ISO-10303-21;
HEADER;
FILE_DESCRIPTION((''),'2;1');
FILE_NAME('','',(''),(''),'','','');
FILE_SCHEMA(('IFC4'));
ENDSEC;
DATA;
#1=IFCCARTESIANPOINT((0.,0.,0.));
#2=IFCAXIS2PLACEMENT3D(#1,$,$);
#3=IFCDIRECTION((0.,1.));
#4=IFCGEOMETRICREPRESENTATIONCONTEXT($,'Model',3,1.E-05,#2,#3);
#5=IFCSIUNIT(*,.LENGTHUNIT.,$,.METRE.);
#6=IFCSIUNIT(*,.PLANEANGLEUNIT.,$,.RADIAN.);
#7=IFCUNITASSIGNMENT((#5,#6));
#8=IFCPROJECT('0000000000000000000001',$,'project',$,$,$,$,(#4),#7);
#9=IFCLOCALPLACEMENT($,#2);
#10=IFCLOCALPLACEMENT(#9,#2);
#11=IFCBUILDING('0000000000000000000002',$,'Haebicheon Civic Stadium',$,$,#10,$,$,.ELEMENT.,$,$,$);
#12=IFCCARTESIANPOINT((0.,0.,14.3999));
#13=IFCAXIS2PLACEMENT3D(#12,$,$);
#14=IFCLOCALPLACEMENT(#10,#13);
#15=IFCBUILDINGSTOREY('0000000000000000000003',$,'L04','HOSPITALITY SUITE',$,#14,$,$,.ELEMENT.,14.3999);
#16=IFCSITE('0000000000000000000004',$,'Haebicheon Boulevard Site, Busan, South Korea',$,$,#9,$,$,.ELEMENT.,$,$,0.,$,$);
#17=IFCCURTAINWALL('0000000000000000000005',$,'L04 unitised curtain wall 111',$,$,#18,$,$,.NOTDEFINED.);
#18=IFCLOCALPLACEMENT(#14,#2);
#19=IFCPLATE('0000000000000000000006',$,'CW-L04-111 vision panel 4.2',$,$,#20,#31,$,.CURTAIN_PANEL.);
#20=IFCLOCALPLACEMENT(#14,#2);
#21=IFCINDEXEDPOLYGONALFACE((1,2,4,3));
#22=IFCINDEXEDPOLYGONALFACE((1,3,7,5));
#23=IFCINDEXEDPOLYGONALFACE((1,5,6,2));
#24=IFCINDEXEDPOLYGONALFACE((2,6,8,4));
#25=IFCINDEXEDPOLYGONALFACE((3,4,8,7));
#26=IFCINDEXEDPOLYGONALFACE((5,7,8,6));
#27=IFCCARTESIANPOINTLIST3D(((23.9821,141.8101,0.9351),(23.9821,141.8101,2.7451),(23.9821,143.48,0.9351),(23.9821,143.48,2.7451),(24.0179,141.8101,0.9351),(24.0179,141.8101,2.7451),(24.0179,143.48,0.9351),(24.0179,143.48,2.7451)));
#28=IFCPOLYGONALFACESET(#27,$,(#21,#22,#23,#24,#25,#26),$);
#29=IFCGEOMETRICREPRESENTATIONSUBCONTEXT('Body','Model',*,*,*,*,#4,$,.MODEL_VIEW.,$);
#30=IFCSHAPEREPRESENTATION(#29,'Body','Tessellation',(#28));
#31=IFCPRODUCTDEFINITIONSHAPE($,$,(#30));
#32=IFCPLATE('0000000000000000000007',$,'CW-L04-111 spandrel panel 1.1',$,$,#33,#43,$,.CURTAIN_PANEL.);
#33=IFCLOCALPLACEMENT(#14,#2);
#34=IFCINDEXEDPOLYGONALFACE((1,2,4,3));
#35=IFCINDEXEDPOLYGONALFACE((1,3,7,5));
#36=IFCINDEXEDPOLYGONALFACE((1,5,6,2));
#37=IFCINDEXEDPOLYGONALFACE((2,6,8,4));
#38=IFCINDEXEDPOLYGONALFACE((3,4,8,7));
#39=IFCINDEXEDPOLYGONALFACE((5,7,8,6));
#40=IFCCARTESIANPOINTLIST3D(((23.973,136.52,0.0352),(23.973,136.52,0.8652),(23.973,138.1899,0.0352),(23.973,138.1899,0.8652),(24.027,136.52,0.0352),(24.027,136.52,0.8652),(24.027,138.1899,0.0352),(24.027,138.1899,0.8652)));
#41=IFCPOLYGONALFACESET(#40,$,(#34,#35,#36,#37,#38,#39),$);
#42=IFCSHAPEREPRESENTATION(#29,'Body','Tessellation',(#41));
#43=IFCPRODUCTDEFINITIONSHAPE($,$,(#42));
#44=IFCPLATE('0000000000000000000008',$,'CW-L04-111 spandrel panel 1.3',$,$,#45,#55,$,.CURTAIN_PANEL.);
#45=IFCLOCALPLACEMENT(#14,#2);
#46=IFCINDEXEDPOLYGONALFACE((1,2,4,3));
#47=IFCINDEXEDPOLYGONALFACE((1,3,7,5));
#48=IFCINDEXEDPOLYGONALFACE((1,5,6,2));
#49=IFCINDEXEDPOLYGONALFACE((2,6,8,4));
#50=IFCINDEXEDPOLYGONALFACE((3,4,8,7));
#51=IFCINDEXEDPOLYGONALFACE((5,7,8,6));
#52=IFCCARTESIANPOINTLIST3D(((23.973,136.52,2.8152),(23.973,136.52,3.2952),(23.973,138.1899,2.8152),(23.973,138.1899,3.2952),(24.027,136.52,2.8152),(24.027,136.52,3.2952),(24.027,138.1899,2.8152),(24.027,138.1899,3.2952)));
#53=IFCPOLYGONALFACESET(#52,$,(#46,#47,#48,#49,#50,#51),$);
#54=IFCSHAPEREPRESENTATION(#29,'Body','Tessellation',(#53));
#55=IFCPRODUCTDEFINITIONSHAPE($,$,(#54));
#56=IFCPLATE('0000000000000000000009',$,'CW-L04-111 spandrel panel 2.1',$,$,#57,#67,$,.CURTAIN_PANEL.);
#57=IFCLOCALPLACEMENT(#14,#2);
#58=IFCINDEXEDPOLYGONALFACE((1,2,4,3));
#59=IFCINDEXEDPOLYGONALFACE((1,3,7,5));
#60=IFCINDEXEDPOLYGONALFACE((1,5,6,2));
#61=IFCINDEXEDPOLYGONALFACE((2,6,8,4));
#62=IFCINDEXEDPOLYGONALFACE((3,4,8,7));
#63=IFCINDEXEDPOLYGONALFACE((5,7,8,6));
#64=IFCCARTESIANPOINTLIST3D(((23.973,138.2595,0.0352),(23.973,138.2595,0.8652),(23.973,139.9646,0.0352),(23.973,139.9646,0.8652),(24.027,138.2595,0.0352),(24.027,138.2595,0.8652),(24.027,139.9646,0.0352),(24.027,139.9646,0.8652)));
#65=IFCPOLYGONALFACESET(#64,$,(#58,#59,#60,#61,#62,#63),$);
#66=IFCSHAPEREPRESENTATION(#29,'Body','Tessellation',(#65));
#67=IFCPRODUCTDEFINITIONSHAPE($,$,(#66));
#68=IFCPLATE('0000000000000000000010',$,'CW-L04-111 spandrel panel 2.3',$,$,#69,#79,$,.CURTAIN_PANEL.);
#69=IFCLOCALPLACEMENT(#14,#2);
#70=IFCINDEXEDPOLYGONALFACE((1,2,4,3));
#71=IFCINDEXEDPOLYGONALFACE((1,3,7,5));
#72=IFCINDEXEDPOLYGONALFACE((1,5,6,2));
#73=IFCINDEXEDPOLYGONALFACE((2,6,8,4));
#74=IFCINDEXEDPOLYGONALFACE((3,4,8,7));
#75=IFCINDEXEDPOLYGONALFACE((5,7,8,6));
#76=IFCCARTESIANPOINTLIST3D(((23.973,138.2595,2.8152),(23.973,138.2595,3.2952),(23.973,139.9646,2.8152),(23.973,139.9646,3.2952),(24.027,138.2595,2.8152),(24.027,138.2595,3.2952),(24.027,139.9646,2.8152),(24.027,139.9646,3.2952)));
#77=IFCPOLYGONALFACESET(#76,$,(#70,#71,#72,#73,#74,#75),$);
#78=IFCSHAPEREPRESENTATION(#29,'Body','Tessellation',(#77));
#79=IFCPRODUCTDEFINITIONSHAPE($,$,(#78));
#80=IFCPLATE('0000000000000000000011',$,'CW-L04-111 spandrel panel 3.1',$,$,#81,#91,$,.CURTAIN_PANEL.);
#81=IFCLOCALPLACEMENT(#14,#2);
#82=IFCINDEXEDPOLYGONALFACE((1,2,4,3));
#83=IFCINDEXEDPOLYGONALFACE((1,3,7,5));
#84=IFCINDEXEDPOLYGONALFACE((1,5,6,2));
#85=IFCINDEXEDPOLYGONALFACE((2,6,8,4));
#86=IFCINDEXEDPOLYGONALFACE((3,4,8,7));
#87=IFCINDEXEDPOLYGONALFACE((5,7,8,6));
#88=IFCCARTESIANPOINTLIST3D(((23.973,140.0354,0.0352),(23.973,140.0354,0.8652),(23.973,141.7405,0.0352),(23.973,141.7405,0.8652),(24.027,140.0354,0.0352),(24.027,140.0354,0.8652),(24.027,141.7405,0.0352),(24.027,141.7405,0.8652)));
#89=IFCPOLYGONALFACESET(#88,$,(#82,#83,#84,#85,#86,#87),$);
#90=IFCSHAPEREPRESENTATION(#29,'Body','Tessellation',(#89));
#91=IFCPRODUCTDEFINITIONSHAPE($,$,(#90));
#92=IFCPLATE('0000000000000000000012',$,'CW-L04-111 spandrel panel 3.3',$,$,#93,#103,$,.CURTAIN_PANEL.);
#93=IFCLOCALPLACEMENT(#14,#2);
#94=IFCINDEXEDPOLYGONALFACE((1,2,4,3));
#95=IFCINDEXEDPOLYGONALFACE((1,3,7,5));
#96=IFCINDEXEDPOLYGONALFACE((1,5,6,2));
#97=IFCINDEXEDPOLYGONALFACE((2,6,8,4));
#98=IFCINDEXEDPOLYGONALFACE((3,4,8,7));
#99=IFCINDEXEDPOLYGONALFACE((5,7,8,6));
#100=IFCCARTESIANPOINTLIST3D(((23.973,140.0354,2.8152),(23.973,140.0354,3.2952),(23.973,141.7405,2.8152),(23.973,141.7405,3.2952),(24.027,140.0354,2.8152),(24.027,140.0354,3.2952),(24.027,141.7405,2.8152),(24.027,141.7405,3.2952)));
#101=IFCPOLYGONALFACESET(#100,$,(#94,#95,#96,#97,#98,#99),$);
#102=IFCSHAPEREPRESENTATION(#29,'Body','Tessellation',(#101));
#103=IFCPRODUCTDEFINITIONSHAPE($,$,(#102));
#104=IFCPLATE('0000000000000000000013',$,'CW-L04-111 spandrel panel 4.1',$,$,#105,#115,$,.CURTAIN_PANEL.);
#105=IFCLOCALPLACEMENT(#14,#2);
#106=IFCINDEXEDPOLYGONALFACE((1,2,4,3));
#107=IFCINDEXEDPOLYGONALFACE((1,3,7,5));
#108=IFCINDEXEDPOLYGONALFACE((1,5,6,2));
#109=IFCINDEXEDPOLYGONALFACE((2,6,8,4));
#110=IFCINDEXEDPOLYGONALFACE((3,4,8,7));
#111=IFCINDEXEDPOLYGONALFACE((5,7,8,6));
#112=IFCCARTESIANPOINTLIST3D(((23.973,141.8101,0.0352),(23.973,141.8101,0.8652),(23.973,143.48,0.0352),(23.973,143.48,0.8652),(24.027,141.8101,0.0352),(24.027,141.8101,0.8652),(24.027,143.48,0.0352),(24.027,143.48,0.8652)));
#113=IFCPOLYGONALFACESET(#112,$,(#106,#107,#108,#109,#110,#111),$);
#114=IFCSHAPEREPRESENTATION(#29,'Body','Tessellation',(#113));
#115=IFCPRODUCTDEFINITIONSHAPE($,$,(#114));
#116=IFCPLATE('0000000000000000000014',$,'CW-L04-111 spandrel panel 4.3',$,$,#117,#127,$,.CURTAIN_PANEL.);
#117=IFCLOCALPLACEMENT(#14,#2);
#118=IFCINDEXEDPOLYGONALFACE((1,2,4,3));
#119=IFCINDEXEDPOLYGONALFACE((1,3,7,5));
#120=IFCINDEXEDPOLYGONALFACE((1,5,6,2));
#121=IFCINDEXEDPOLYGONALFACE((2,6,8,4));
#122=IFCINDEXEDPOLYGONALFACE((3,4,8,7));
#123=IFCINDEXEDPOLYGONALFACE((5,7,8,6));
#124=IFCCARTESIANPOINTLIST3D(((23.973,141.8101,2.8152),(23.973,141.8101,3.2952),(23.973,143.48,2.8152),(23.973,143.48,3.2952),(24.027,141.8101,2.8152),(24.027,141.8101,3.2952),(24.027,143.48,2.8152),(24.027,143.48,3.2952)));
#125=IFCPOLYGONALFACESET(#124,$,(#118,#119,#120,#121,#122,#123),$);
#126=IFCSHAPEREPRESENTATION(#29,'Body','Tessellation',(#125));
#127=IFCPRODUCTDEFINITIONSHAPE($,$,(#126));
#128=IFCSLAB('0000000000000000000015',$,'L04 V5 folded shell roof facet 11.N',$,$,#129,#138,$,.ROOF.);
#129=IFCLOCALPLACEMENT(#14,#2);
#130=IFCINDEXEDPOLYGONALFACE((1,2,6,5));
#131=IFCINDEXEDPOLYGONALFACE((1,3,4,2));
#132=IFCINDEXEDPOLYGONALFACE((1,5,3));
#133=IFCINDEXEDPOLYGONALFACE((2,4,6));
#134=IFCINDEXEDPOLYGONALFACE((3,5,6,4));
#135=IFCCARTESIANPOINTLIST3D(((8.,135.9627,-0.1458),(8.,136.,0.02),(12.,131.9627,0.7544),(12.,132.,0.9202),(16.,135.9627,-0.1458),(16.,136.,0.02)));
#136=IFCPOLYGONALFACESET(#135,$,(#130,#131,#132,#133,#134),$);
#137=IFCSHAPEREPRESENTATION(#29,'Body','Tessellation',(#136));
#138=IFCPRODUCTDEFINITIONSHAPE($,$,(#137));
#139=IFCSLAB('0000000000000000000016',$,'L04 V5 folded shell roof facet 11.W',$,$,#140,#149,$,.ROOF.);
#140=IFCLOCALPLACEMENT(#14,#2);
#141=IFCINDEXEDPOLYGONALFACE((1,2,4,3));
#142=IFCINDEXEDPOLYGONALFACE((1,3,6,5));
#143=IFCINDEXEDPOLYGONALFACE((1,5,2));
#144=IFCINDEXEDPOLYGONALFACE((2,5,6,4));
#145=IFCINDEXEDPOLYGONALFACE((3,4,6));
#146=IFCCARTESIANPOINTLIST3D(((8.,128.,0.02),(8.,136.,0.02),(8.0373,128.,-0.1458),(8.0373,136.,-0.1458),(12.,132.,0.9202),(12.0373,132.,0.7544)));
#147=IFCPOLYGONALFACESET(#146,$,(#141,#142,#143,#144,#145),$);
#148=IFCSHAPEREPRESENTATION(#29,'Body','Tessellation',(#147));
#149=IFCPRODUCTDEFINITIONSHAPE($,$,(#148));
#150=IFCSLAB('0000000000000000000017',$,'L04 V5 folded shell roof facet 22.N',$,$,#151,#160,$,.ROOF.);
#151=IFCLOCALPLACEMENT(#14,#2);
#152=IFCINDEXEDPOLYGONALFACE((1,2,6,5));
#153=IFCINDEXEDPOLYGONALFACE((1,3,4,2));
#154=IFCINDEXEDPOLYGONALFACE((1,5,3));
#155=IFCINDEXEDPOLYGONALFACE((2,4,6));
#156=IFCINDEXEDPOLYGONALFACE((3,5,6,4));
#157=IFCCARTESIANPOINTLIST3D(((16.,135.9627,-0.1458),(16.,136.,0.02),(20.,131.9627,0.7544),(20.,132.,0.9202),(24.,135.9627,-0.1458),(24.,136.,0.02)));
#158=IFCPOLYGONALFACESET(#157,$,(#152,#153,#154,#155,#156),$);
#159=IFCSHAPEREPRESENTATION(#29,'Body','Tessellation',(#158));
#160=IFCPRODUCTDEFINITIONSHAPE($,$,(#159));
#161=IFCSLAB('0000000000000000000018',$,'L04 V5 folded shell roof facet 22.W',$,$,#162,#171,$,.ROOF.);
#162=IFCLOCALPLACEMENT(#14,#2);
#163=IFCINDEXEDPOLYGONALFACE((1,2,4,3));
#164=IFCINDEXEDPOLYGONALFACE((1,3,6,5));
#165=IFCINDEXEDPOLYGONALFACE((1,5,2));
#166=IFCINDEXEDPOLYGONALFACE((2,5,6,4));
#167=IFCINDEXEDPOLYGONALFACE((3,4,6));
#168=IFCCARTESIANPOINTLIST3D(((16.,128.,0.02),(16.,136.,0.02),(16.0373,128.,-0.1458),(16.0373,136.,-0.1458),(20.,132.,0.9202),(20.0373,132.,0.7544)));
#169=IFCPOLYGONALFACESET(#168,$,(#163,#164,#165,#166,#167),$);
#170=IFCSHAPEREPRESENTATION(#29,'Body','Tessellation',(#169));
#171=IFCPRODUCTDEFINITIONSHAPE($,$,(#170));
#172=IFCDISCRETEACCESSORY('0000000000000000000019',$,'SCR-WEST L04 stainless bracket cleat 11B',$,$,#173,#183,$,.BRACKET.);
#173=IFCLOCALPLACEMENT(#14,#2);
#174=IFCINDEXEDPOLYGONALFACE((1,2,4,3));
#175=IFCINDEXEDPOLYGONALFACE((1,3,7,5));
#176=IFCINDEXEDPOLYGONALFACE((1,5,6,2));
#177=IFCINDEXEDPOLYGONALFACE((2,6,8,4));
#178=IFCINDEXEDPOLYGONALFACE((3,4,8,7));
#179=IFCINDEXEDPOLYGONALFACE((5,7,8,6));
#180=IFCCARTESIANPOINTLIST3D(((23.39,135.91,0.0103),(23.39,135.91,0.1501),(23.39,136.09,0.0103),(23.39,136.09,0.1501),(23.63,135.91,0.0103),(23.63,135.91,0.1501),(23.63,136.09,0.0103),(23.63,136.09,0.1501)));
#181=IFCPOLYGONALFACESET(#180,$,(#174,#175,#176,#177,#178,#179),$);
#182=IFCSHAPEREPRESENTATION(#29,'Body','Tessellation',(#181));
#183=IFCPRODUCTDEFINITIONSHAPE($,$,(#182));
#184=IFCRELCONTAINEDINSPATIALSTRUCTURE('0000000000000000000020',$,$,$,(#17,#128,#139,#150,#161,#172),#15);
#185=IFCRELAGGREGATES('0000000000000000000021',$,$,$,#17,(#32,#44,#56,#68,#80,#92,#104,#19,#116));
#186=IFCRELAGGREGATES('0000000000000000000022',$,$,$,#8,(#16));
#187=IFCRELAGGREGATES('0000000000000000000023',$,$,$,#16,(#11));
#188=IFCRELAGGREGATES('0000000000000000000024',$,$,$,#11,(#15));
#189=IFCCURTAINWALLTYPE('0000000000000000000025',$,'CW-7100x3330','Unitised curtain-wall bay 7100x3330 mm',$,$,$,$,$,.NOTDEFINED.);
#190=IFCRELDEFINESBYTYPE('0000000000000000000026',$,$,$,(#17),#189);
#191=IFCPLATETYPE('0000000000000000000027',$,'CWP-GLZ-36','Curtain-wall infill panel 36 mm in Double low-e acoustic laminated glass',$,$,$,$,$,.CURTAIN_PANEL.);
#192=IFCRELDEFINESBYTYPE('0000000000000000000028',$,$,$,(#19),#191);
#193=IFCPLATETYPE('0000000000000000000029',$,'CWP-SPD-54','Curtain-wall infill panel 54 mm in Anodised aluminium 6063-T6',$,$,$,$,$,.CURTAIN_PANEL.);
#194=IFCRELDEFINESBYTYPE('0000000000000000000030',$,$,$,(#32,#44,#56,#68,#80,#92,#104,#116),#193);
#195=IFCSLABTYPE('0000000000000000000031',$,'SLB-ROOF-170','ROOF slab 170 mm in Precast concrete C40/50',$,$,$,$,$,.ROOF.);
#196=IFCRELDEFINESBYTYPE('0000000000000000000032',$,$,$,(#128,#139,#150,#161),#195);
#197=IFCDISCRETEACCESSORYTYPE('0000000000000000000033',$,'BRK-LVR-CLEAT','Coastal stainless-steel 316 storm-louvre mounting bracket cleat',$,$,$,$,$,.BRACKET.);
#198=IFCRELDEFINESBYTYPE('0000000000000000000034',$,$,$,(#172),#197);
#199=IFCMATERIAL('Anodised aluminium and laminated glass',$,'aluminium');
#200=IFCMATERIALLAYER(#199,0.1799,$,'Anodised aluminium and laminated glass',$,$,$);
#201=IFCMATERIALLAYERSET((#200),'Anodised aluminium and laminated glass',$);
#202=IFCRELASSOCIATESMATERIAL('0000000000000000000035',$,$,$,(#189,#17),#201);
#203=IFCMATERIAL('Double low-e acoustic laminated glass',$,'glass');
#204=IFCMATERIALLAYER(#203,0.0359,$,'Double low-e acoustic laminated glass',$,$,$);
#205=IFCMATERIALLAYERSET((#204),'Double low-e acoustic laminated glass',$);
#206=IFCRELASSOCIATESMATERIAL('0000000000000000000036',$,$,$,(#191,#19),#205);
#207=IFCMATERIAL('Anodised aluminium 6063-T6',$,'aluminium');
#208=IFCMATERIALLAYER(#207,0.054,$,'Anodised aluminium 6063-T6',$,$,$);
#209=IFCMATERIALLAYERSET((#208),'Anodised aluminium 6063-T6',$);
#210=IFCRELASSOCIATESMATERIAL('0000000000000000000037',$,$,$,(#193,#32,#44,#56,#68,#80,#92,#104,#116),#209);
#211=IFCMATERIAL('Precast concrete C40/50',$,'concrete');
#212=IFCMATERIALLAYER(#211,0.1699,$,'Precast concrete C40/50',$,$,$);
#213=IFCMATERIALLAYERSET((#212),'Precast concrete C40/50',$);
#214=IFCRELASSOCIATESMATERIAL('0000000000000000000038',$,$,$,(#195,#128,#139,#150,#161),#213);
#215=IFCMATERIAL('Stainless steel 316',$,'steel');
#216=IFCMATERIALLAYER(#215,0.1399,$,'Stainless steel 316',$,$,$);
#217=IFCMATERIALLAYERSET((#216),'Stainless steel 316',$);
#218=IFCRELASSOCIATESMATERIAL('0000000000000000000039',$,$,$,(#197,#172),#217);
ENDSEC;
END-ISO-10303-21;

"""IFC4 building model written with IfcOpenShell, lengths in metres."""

from ifc_helpers import new_model, si_unit, direction, frame, origin, origin_2d, place, context, subcontext, project, spatial, polyline, rectangle, outline, extrude, material, layer, layer_set, type_object, element, aggregate, save


model = new_model("IFC4")

# Units and contexts
model_context = context("Model", 3, precision=1e-05, world=origin(), true_north=direction((0.0, 1.0)))
body_context = subcontext(model_context, "Body", "Model", "MODEL_VIEW")
ifc_project = project(units=[si_unit("LENGTHUNIT", "METRE"), si_unit("PLANEANGLEUNIT", "RADIAN")], contexts=[model_context])

# Site, building, storey
site_placement = place(None, origin())
site = spatial("IfcSite", under=ifc_project, at=site_placement, Name="Haebicheon Boulevard Site, Busan, South Korea", CompositionType="ELEMENT", RefElevation=0.0)
building_placement = place(site_placement, origin())
building = spatial("IfcBuilding", under=site, at=building_placement, Name="Haebicheon Civic Stadium", CompositionType="ELEMENT")
storey_placement = place(building_placement, frame((0.0, 0.0, 14.3999)))
storey = spatial("IfcBuildingStorey", under=building, at=storey_placement, Name="L04", Description="HOSPITALITY SUITE", CompositionType="ELEMENT", Elevation=14.3999)

# Curtain wall
ifc_material_1 = material(Name="Anodised aluminium and laminated glass", Category="aluminium")
ifc_layer_1 = layer(ifc_material_1, 0.1799, Name="Anodised aluminium and laminated glass")
ifc_layer_set_1 = layer_set([ifc_layer_1], Name="Anodised aluminium and laminated glass")
curtain_wall_type = type_object("IfcCurtainWallType", Name="CW-7100x3330", Description="Unitised curtain-wall bay 7100x3330 mm", PredefinedType="NOTDEFINED", material=ifc_layer_set_1)
curtain_wall_placement = place(storey_placement, origin())
curtain_wall = element("IfcCurtainWall", 1, at=curtain_wall_placement, inside=storey, type_object=curtain_wall_type, material=ifc_layer_set_1, Name="L04 unitised curtain wall 111", PredefinedType="NOTDEFINED")

# Plates
ifc_material_2 = material(Name="Double low-e acoustic laminated glass", Category="glass")
ifc_layer_2 = layer(ifc_material_2, 0.0359, Name="Double low-e acoustic laminated glass")
ifc_layer_set_2 = layer_set([ifc_layer_2], Name="Double low-e acoustic laminated glass")
plate_type_1 = type_object("IfcPlateType", Name="CWP-GLZ-36", Description="Curtain-wall infill panel 36 mm in Double low-e acoustic laminated glass", PredefinedType="CURTAIN_PANEL", material=ifc_layer_set_2)
plate_1_placement = place(storey_placement, frame((24.0, 142.645, 0.9351), z_axis=(0.0, 0.0, 1.0), x_axis=(0.0, 1.0, 0.0)))
plate_1 = element("IfcPlate", 2, at=plate_1_placement, type_object=plate_type_1, material=ifc_layer_set_2, Name="CW-L04-111 vision panel 4.2", PredefinedType="CURTAIN_PANEL", context=body_context, shape_type="SweptSolid", body=[
    extrude(rectangle(XDim=1.6699, YDim=0.0359, at=origin_2d()), origin(), (0.0, 0.0, 1.0), 1.8101),
])
ifc_material_3 = material(Name="Anodised aluminium 6063-T6", Category="aluminium")
ifc_layer_3 = layer(ifc_material_3, 0.054, Name="Anodised aluminium 6063-T6")
ifc_layer_set_3 = layer_set([ifc_layer_3], Name="Anodised aluminium 6063-T6")
plate_type_2 = type_object("IfcPlateType", Name="CWP-SPD-54", Description="Curtain-wall infill panel 54 mm in Anodised aluminium 6063-T6", PredefinedType="CURTAIN_PANEL", material=ifc_layer_set_3)
plate_2_placement = place(storey_placement, frame((24.0, 137.355, 0.0352), z_axis=(0.0, 0.0, 1.0), x_axis=(0.0, 1.0, 0.0)))
plate_2 = element("IfcPlate", 3, at=plate_2_placement, type_object=plate_type_2, material=ifc_layer_set_3, Name="CW-L04-111 spandrel panel 1.1", PredefinedType="CURTAIN_PANEL", context=body_context, shape_type="SweptSolid", body=[
    extrude(rectangle(XDim=1.6699, YDim=0.054, at=origin_2d()), origin(), (0.0, 0.0, 1.0), 0.8301),
])
plate_3_placement = place(storey_placement, frame((24.0, 137.355, 2.8152), z_axis=(0.0, 0.0, 1.0), x_axis=(0.0, 1.0, 0.0)))
plate_3 = element("IfcPlate", 4, at=plate_3_placement, type_object=plate_type_2, material=ifc_layer_set_3, Name="CW-L04-111 spandrel panel 1.3", PredefinedType="CURTAIN_PANEL", context=body_context, shape_type="SweptSolid", body=[
    extrude(rectangle(XDim=1.6699, YDim=0.054, at=origin_2d()), origin(), (0.0, 0.0, 1.0), 0.48),
])
plate_4_placement = place(storey_placement, frame((24.0, 139.1121, 0.0352), z_axis=(0.0, 0.0, 1.0), x_axis=(0.0, 1.0, 0.0)))
plate_4 = element("IfcPlate", 5, at=plate_4_placement, type_object=plate_type_2, material=ifc_layer_set_3, Name="CW-L04-111 spandrel panel 2.1", PredefinedType="CURTAIN_PANEL", context=body_context, shape_type="SweptSolid", body=[
    extrude(rectangle(XDim=1.7051, YDim=0.054, at=origin_2d()), origin(), (0.0, 0.0, 1.0), 0.8301),
])
plate_5_placement = place(storey_placement, frame((24.0, 139.1121, 2.8152), z_axis=(0.0, 0.0, 1.0), x_axis=(0.0, 1.0, 0.0)))
plate_5 = element("IfcPlate", 6, at=plate_5_placement, type_object=plate_type_2, material=ifc_layer_set_3, Name="CW-L04-111 spandrel panel 2.3", PredefinedType="CURTAIN_PANEL", context=body_context, shape_type="SweptSolid", body=[
    extrude(rectangle(XDim=1.7051, YDim=0.054, at=origin_2d()), origin(), (0.0, 0.0, 1.0), 0.48),
])
plate_6_placement = place(storey_placement, frame((24.0, 140.8879, 0.0352), z_axis=(0.0, 0.0, 1.0), x_axis=(0.0, 1.0, 0.0)))
plate_6 = element("IfcPlate", 7, at=plate_6_placement, type_object=plate_type_2, material=ifc_layer_set_3, Name="CW-L04-111 spandrel panel 3.1", PredefinedType="CURTAIN_PANEL", context=body_context, shape_type="SweptSolid", body=[
    extrude(rectangle(XDim=1.7051, YDim=0.054, at=origin_2d()), origin(), (0.0, 0.0, 1.0), 0.8301),
])
plate_7_placement = place(storey_placement, frame((24.0, 140.8879, 2.8152), z_axis=(0.0, 0.0, 1.0), x_axis=(0.0, 1.0, 0.0)))
plate_7 = element("IfcPlate", 8, at=plate_7_placement, type_object=plate_type_2, material=ifc_layer_set_3, Name="CW-L04-111 spandrel panel 3.3", PredefinedType="CURTAIN_PANEL", context=body_context, shape_type="SweptSolid", body=[
    extrude(rectangle(XDim=1.7051, YDim=0.054, at=origin_2d()), origin(), (0.0, 0.0, 1.0), 0.48),
])
plate_8_placement = place(storey_placement, frame((24.0, 142.645, 0.0352), z_axis=(0.0, 0.0, 1.0), x_axis=(0.0, 1.0, 0.0)))
plate_8 = element("IfcPlate", 9, at=plate_8_placement, type_object=plate_type_2, material=ifc_layer_set_3, Name="CW-L04-111 spandrel panel 4.1", PredefinedType="CURTAIN_PANEL", context=body_context, shape_type="SweptSolid", body=[
    extrude(rectangle(XDim=1.6699, YDim=0.054, at=origin_2d()), origin(), (0.0, 0.0, 1.0), 0.8301),
])
plate_9_placement = place(storey_placement, frame((24.0, 142.645, 2.8152), z_axis=(0.0, 0.0, 1.0), x_axis=(0.0, 1.0, 0.0)))
plate_9 = element("IfcPlate", 10, at=plate_9_placement, type_object=plate_type_2, material=ifc_layer_set_3, Name="CW-L04-111 spandrel panel 4.3", PredefinedType="CURTAIN_PANEL", context=body_context, shape_type="SweptSolid", body=[
    extrude(rectangle(XDim=1.6699, YDim=0.054, at=origin_2d()), origin(), (0.0, 0.0, 1.0), 0.48),
])
aggregate(curtain_wall, [plate_2, plate_3, plate_4, plate_5, plate_6, plate_7, plate_8, plate_1, plate_9])

# Slabs
ifc_material_4 = material(Name="Precast concrete C40/50", Category="concrete")
ifc_layer_4 = layer(ifc_material_4, 0.1699, Name="Precast concrete C40/50")
ifc_layer_set_4 = layer_set([ifc_layer_4], Name="Precast concrete C40/50")
slab_type = type_object("IfcSlabType", Name="SLB-ROOF-170", Description="ROOF slab 170 mm in Precast concrete C40/50", PredefinedType="ROOF", material=ifc_layer_set_4)
for number, where, z_axis, x_axis, name in (
    (11, (16.0, 136.0, 0.02), (0.0, 0.219546, 0.975602), (-1.0, 0.0, 0.0), "L04 V5 folded shell roof facet 11.N"),
    (12, (8.0, 136.0, 0.02), (-0.219546, 0.0, 0.975602), (0.0, -1.0, 0.0), "L04 V5 folded shell roof facet 11.W"),
    (13, (24.0, 136.0, 0.02), (0.0, 0.219546, 0.975602), (-1.0, 0.0, 0.0), "L04 V5 folded shell roof facet 22.N"),
    (14, (16.0, 136.0, 0.02), (-0.219546, 0.0, 0.975602), (0.0, -1.0, 0.0), "L04 V5 folded shell roof facet 22.W"),
):
    element("IfcSlab", number, at=place(storey_placement, frame(where, z_axis=z_axis, x_axis=x_axis)), inside=storey, type_object=slab_type, material=ifc_layer_set_4, Name=name, PredefinedType="ROOF", context=body_context, shape_type="SweptSolid", body=[
        extrude(outline(polyline([(0.0, 0.0), (8.0, 0.0), (4.0, 4.1), (0.0, 0.0)])), origin(), (0.0, 0.0, -1.0), 0.1699),
    ])

# Discrete accessory
ifc_material_5 = material(Name="Stainless steel 316", Category="steel")
ifc_layer_5 = layer(ifc_material_5, 0.1399, Name="Stainless steel 316")
ifc_layer_set_5 = layer_set([ifc_layer_5], Name="Stainless steel 316")
discrete_accessory_type = type_object("IfcDiscreteAccessoryType", Name="BRK-LVR-CLEAT", Description="Coastal stainless-steel 316 storm-louvre mounting bracket cleat", PredefinedType="BRACKET", material=ifc_layer_set_5)
discrete_accessory_placement = place(storey_placement, frame((23.51, 136.0, 0.0103), z_axis=(0.0, 0.0, 1.0), x_axis=(1.0, 0.0, 0.0)))
element("IfcDiscreteAccessory", 15, at=discrete_accessory_placement, inside=storey, type_object=discrete_accessory_type, material=ifc_layer_set_5, Name="SCR-WEST L04 stainless bracket cleat 11B", PredefinedType="BRACKET", context=body_context, shape_type="SweptSolid", body=[
    extrude(rectangle(XDim=0.24, YDim=0.1799, at=origin_2d()), origin(), (0.0, 0.0, 1.0), 0.1399),
])

save(model, "model.ifc")
